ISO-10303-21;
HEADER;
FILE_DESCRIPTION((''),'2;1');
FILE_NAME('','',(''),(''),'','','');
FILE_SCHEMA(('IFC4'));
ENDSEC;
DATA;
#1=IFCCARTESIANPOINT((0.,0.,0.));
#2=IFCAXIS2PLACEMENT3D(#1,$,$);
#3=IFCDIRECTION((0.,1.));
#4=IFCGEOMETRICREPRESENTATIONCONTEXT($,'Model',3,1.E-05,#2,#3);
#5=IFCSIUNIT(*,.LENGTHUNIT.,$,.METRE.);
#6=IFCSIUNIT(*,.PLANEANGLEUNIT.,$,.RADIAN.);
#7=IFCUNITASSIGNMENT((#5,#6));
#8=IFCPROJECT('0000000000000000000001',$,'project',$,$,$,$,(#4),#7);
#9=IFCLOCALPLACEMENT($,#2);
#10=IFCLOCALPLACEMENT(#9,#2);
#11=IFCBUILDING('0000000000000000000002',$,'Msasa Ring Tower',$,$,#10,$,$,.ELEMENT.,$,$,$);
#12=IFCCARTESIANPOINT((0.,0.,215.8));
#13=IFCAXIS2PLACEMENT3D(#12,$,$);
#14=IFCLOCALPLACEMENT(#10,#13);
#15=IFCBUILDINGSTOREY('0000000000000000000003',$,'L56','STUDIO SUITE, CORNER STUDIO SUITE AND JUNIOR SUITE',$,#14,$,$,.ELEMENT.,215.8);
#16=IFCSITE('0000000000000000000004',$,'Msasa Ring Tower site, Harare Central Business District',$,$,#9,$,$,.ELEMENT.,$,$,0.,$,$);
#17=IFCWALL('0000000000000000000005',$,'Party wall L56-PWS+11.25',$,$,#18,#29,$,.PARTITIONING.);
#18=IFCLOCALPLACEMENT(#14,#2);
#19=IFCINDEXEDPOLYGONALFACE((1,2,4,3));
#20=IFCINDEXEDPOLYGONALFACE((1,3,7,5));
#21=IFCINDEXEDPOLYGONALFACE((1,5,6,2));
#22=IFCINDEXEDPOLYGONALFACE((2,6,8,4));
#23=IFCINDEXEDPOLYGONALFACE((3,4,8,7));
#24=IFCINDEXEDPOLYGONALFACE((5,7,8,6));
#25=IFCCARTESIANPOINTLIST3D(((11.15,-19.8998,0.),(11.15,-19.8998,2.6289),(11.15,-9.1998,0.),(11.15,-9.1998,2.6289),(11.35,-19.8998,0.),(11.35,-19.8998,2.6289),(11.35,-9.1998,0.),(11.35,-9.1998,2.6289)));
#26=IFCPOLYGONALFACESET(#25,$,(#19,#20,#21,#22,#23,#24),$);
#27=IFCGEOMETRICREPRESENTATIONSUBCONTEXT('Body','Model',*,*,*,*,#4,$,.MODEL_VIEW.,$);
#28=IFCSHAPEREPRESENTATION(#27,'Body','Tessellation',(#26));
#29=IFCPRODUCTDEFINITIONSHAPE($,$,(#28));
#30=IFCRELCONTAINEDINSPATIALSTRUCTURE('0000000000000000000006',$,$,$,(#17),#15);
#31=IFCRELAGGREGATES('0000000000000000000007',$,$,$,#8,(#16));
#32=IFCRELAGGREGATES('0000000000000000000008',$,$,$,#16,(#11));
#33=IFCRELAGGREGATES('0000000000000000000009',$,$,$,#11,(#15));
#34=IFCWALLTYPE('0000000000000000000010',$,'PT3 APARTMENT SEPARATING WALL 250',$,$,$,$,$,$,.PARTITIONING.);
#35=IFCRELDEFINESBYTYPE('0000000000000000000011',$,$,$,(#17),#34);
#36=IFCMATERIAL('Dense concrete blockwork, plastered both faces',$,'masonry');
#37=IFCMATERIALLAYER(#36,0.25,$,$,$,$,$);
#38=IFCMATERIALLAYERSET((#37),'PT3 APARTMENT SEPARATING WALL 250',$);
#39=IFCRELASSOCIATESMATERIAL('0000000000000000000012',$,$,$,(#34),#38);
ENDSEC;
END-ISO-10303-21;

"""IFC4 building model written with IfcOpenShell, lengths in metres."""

from ifc_helpers import new_model, si_unit, direction, frame, frame_2d, origin, place, context, subcontext, project, spatial, rectangle, extrude, material, layer, layer_set, type_object, element, save


model = new_model("IFC4")

# Units and contexts
model_context = context("Model", 3, precision=1e-05, world=origin(), true_north=direction((0.0, 1.0)))
body_context = subcontext(model_context, "Body", "Model", "MODEL_VIEW")
ifc_project = project(units=[si_unit("LENGTHUNIT", "METRE"), si_unit("PLANEANGLEUNIT", "RADIAN")], contexts=[model_context])

# Site, building, storey
site_placement = place(None, origin())
site = spatial("IfcSite", under=ifc_project, at=site_placement, Name="Msasa Ring Tower site, Harare Central Business District", CompositionType="ELEMENT", RefElevation=0.0)
building_placement = place(site_placement, origin())
building = spatial("IfcBuilding", under=site, at=building_placement, Name="Msasa Ring Tower", CompositionType="ELEMENT")
storey_placement = place(building_placement, frame((0.0, 0.0, 215.8)))
storey = spatial("IfcBuildingStorey", under=building, at=storey_placement, Name="L56", Description="STUDIO SUITE, CORNER STUDIO SUITE AND JUNIOR SUITE", CompositionType="ELEMENT", Elevation=215.8)

# Wall
ifc_material_1 = material(Name="Dense concrete blockwork, plastered both faces", Category="masonry")
ifc_layer_1 = layer(ifc_material_1, 0.25)
ifc_layer_set_1 = layer_set([ifc_layer_1], Name="PT3 APARTMENT SEPARATING WALL 250")
wall_type = type_object("IfcWallType", Name="PT3 APARTMENT SEPARATING WALL 250", PredefinedType="PARTITIONING", material=ifc_layer_set_1)
wall_placement = place(storey_placement, frame((11.25, -19.8999, 0.0), z_axis=(0.0, 0.0, 1.0), x_axis=(0.0, 1.0, 0.0)))
element("IfcWall", 1, at=wall_placement, inside=storey, type_object=wall_type, Name="Party wall L56-PWS+11.25", PredefinedType="PARTITIONING", context=body_context, shape_type="SweptSolid", body=[
    extrude(rectangle(XDim=10.7, YDim=0.2, at=frame_2d((5.3501, 0.0))), origin(), (0.0, 0.0, 1.0), 2.6289),
])

save(model, "model.ifc")
